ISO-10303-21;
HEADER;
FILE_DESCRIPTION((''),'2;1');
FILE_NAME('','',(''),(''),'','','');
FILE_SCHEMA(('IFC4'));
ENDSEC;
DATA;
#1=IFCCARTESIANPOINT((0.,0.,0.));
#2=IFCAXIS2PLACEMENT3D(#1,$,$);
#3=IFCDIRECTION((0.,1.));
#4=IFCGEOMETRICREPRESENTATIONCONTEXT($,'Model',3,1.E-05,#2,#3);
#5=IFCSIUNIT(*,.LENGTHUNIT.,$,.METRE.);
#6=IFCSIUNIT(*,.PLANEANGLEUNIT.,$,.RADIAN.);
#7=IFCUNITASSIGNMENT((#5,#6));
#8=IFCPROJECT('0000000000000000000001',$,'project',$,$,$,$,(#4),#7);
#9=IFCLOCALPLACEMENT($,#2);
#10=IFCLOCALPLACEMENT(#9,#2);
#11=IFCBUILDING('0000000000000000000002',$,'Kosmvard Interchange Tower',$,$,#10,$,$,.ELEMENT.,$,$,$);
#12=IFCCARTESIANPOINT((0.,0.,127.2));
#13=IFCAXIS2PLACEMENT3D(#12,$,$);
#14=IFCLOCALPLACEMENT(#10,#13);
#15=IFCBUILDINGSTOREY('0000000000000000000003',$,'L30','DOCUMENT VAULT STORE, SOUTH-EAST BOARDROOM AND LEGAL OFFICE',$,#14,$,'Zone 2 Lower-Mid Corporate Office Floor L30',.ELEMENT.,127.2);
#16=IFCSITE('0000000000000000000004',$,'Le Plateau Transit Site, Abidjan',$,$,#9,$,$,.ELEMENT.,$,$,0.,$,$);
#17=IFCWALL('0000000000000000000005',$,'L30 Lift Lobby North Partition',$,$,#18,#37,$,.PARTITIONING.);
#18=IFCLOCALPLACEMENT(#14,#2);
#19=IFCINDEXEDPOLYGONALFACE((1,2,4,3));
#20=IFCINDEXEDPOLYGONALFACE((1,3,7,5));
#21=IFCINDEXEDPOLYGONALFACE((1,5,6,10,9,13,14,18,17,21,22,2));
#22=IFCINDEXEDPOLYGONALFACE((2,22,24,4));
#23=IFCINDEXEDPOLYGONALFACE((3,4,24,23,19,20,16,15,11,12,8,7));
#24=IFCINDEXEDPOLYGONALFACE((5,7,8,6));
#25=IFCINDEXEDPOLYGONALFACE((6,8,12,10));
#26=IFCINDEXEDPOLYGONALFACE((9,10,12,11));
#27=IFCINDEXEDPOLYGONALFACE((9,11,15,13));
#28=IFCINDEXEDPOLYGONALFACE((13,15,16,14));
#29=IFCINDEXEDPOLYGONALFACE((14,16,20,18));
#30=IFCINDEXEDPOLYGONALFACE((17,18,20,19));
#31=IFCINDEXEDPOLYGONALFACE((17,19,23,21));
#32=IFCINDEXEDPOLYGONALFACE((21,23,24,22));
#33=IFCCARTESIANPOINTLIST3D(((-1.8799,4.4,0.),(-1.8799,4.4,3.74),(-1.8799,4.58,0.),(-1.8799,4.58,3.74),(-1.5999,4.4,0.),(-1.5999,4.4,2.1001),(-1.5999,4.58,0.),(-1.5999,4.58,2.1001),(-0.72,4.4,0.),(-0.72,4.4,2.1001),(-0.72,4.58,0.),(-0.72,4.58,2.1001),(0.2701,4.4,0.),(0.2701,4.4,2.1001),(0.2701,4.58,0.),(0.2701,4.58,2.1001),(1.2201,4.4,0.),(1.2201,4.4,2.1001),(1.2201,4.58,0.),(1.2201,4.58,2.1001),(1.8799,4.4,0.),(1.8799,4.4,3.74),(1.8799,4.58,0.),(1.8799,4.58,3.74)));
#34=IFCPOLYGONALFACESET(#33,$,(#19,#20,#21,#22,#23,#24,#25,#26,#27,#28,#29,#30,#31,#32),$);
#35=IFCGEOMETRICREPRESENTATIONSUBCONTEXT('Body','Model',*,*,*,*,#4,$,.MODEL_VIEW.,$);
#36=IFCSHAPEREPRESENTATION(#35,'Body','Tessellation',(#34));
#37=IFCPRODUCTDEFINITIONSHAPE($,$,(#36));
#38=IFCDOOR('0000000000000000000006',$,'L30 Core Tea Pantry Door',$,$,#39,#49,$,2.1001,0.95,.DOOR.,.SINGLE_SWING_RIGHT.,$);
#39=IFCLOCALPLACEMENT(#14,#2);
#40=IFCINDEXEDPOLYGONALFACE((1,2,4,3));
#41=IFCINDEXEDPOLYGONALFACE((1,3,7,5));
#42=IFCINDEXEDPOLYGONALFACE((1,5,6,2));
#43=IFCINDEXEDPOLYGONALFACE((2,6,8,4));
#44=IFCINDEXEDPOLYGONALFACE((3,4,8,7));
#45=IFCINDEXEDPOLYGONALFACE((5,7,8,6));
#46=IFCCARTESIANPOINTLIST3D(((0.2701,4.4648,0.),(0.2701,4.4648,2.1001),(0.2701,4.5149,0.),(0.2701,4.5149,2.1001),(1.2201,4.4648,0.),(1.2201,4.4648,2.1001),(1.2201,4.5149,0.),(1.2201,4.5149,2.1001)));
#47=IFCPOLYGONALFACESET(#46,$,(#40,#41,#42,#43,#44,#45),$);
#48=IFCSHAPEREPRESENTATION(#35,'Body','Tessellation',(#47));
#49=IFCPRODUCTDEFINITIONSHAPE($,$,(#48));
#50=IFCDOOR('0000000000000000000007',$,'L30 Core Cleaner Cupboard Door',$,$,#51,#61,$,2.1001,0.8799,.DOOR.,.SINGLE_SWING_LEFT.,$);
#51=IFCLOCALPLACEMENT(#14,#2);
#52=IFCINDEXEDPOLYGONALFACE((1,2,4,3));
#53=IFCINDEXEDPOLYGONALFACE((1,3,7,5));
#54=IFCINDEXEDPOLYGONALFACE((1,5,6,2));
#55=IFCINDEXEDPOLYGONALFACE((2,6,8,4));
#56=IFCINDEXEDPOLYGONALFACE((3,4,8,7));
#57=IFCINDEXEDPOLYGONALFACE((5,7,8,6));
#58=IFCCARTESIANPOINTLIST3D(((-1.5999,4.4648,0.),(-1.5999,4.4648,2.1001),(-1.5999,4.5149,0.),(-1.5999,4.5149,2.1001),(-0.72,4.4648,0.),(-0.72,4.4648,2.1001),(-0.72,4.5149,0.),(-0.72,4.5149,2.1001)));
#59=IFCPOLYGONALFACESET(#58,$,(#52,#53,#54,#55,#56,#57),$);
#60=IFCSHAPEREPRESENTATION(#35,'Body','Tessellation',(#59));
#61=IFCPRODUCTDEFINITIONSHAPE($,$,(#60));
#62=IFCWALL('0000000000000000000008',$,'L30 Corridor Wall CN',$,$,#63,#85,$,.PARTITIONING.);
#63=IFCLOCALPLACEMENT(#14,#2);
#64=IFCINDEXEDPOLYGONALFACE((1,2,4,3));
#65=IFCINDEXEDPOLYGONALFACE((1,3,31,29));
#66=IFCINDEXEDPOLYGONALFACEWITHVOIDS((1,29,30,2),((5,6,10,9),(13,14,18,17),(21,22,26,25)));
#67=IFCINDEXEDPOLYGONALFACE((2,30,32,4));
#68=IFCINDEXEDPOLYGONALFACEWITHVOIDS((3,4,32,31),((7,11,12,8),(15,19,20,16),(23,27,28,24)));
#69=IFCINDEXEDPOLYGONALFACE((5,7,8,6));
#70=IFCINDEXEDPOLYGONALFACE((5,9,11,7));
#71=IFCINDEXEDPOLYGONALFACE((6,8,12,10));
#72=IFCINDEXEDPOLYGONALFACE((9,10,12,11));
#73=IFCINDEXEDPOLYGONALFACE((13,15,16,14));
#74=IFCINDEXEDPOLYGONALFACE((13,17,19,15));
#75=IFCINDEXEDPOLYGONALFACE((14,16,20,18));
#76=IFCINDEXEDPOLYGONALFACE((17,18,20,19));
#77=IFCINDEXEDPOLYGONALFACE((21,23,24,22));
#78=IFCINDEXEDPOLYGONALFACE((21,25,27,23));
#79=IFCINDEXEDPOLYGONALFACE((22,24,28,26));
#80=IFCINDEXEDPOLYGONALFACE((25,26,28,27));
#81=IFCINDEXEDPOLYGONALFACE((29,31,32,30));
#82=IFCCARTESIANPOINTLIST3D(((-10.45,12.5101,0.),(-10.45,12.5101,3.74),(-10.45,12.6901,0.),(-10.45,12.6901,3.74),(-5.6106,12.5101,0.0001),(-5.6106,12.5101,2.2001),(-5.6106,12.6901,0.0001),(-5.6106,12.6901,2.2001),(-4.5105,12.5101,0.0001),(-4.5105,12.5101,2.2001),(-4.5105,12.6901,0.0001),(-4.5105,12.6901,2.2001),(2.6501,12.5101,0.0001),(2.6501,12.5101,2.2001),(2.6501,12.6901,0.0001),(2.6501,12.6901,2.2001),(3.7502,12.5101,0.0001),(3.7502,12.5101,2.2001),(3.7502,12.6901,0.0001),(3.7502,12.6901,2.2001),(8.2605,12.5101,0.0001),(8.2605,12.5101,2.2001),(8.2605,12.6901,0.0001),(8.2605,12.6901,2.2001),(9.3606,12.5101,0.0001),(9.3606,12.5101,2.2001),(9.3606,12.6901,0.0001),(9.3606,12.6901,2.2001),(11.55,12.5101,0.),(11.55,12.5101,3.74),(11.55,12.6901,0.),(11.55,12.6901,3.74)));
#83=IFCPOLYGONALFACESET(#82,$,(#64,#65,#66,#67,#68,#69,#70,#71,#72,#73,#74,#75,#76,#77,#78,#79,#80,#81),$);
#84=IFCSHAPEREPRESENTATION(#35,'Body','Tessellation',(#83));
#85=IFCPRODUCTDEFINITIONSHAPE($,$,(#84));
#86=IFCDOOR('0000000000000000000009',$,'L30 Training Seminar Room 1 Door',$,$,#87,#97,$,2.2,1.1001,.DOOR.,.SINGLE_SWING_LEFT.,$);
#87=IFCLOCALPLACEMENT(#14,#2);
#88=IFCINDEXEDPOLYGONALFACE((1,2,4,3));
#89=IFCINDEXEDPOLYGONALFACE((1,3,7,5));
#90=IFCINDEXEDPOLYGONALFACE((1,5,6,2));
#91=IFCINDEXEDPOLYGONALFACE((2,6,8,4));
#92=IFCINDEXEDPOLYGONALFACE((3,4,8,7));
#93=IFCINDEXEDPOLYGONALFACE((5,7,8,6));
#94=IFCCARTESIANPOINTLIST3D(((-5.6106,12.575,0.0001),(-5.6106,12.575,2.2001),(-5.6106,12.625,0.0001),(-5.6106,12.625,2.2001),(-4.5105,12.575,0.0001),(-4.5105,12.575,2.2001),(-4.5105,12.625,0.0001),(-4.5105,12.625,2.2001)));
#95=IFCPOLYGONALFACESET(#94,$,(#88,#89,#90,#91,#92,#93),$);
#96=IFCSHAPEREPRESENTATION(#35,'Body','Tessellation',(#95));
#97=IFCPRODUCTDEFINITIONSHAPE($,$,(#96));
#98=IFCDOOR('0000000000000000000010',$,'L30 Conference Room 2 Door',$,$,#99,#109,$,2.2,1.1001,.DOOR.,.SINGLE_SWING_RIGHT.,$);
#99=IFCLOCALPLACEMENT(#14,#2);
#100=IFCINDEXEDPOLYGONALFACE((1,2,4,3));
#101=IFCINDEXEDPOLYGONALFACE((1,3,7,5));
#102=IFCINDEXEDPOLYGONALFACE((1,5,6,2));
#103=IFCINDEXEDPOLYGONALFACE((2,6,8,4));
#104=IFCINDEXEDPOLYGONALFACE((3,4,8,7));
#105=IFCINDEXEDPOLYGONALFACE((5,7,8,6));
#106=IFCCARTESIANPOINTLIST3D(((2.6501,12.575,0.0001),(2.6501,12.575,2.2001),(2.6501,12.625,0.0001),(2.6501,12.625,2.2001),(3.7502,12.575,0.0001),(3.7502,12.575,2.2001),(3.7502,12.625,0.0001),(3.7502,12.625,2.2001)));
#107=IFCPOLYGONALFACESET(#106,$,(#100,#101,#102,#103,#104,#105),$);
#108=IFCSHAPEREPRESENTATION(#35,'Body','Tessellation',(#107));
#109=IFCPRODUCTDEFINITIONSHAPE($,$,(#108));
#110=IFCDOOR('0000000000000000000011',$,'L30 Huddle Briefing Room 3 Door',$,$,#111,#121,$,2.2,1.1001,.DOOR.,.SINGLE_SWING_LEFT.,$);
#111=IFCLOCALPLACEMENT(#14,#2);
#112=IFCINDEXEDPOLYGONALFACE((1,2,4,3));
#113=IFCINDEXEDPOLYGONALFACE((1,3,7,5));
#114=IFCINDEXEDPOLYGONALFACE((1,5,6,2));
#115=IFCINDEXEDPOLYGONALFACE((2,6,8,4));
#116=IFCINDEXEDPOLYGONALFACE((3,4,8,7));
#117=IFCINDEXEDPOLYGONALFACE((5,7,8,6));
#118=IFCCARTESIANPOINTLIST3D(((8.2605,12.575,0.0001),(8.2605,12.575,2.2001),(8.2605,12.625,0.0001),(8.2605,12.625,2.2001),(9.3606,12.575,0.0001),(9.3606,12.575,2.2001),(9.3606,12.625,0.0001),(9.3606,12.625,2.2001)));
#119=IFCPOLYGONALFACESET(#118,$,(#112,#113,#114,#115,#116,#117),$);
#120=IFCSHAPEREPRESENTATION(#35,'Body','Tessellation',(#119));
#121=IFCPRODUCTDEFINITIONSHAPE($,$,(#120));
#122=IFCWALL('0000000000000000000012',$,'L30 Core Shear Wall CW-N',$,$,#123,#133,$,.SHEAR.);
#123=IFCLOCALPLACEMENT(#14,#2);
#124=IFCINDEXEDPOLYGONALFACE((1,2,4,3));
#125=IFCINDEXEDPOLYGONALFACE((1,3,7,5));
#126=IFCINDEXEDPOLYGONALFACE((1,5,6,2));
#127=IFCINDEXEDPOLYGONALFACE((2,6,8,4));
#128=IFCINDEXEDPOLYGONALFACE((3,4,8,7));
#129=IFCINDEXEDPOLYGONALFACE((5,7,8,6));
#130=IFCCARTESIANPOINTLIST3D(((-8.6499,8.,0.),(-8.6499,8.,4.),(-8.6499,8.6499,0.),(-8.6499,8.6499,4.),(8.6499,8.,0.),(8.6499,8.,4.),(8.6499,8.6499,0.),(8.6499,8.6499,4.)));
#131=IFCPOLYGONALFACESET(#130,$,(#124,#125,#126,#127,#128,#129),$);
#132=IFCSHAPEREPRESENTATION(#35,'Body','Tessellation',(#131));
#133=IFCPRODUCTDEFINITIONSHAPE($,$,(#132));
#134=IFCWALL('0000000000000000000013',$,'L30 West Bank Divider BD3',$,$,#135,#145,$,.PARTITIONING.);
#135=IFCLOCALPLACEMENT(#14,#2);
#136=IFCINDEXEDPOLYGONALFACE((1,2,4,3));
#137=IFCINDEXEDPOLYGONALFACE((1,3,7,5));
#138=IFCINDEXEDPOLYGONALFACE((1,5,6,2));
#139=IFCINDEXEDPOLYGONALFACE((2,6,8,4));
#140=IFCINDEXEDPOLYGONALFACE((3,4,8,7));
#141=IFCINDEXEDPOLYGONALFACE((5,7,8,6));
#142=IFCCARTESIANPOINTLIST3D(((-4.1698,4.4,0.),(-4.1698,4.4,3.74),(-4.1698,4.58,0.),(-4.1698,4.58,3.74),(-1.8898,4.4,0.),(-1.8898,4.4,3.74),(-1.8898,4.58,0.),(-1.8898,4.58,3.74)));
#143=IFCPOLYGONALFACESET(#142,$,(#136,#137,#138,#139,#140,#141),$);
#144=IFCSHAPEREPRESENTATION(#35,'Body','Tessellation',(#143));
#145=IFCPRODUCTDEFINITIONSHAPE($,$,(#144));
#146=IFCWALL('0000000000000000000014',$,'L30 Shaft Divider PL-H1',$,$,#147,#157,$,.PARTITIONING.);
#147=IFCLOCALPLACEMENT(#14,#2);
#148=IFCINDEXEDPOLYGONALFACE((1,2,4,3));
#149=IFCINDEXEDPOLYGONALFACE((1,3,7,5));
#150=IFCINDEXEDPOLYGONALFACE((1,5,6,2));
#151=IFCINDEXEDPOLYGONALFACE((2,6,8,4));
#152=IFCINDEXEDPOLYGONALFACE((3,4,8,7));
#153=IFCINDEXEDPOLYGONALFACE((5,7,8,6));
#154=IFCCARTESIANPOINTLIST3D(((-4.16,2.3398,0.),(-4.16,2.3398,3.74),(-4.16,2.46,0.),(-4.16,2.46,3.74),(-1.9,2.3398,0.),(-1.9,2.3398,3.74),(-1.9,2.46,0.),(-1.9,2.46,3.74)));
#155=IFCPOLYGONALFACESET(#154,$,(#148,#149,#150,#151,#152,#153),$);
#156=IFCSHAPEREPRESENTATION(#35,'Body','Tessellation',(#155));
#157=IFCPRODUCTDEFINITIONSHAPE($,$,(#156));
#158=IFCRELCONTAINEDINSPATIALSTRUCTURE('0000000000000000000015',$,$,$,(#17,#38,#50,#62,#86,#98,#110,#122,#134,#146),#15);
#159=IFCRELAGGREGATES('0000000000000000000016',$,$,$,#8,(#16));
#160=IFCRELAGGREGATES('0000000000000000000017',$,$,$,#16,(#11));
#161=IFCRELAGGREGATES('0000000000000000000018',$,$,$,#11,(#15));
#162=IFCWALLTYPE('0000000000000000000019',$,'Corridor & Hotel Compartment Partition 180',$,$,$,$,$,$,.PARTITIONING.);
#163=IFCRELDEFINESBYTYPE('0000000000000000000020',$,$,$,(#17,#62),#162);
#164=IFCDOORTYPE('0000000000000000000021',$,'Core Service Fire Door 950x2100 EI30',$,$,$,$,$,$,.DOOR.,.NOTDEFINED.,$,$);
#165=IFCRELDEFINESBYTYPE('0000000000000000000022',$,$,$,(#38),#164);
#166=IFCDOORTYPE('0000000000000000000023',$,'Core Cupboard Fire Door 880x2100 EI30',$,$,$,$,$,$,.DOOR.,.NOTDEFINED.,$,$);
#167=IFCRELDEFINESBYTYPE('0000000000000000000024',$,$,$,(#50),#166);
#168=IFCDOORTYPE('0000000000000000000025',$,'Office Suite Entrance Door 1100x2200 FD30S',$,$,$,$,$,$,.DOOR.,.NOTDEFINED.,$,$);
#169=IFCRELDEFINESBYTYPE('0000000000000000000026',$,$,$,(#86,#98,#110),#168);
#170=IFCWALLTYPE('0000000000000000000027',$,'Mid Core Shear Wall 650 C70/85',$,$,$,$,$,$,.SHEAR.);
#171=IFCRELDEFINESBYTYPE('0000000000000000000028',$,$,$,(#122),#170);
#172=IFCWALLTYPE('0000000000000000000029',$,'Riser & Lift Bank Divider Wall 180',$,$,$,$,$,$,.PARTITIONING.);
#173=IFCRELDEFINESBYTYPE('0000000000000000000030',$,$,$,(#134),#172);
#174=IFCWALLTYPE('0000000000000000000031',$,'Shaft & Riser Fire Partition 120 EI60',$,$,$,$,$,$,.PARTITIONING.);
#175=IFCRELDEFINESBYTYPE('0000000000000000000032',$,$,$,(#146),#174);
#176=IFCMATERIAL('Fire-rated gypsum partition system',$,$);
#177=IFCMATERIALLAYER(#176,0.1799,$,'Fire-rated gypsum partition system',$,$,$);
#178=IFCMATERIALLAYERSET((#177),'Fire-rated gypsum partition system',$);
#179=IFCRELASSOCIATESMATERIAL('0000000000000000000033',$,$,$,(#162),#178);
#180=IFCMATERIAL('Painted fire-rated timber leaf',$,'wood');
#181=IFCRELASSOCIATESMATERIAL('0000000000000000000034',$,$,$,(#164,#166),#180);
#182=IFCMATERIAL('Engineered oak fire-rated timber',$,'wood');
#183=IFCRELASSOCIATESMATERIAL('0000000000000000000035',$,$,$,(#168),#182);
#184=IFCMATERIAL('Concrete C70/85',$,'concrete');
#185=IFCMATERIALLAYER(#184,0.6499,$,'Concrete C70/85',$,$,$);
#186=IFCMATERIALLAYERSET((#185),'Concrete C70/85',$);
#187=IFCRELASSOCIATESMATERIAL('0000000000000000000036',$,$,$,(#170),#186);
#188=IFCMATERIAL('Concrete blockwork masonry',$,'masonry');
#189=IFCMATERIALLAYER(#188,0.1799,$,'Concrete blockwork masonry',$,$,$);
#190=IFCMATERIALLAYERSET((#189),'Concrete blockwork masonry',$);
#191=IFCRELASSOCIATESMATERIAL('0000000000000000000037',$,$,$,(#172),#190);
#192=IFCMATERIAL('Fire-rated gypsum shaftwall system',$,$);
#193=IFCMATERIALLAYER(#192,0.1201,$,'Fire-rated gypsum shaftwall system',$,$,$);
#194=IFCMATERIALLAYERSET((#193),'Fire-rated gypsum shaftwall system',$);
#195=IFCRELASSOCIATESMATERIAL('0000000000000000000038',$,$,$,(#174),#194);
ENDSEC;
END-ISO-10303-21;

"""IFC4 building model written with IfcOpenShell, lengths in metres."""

from ifc_helpers import new_model, si_unit, direction, frame, frame_2d, origin, place, context, subcontext, project, spatial, rectangle, extrude, source, transform, mapped, material, layer, layer_set, type_object, element, fill, save


model = new_model("IFC4")

# Units and contexts
model_context = context("Model", 3, precision=1e-05, world=origin(), true_north=direction((0.0, 1.0)))
body_context = subcontext(model_context, "Body", "Model", "MODEL_VIEW")
ifc_project = project(units=[si_unit("LENGTHUNIT", "METRE"), si_unit("PLANEANGLEUNIT", "RADIAN")], contexts=[model_context])

# Site, building, storey
site_placement = place(None, origin())
site = spatial("IfcSite", under=ifc_project, at=site_placement, Name="Le Plateau Transit Site, Abidjan", CompositionType="ELEMENT", RefElevation=0.0)
building_placement = place(site_placement, origin())
building = spatial("IfcBuilding", under=site, at=building_placement, Name="Kosmvard Interchange Tower", CompositionType="ELEMENT")
storey_placement = place(building_placement, frame((0.0, 0.0, 127.2)))
storey = spatial("IfcBuildingStorey", under=building, at=storey_placement, Name="L30", Description="DOCUMENT VAULT STORE, SOUTH-EAST BOARDROOM AND LEGAL OFFICE", LongName="Zone 2 Lower-Mid Corporate Office Floor L30", CompositionType="ELEMENT", Elevation=127.2)

# Shared definitions
ifc_material_1 = material(Name="Fire-rated gypsum partition system")
ifc_material_2 = material(Name="Concrete blockwork masonry", Category="masonry")

# Walls, openings, doors
ifc_layer_1 = layer(ifc_material_1, 0.1799, Name="Fire-rated gypsum partition system")
ifc_layer_set_1 = layer_set([ifc_layer_1], Name="Fire-rated gypsum partition system")
wall_type_1 = type_object("IfcWallType", Name="Corridor & Hotel Compartment Partition 180", PredefinedType="PARTITIONING", material=ifc_layer_set_1)
wall_1_placement = place(storey_placement, frame((-1.8799, 4.49, 0.0), z_axis=(0.0, 0.0, 1.0), x_axis=(1.0, 0.0, 0.0)))
wall_1 = element("IfcWall", 1, at=wall_1_placement, inside=storey, type_object=wall_type_1, Name="L30 Lift Lobby North Partition", PredefinedType="PARTITIONING", context=body_context, shape_type="SweptSolid", body=[
    extrude(rectangle(XDim=3.7598, YDim=0.1799, at=frame_2d((1.8799, 0.0))), origin(), (0.0, 0.0, 1.0), 3.74),
])
opening_1_placement = place(wall_1_placement, frame((0.28, 0.0, 0.0)))
opening_1 = element("IfcOpeningElement", 2, at=opening_1_placement, cuts=wall_1, PredefinedType="OPENING", context=body_context, shape_type="SweptSolid", body=[
    extrude(rectangle(XDim=0.8799, YDim=2.1001, at=frame_2d((0.4399, 1.05))), frame((0.0, 0.1001, 0.0), z_axis=(0.0, -1.0, 0.0), x_axis=(1.0, 0.0, 0.0)), (0.0, 0.0, 1.0), 0.2),
])
opening_2_placement = place(wall_1_placement, frame((2.1499, 0.0, 0.0)))
opening_2 = element("IfcOpeningElement", 3, at=opening_2_placement, cuts=wall_1, PredefinedType="OPENING", context=body_context, shape_type="SweptSolid", body=[
    extrude(rectangle(XDim=0.95, YDim=2.1001, at=frame_2d((0.4751, 1.05))), frame((0.0, 0.1001, 0.0), z_axis=(0.0, -1.0, 0.0), x_axis=(1.0, 0.0, 0.0)), (0.0, 0.0, 1.0), 0.2),
])
ifc_material_3 = material(Name="Painted fire-rated timber leaf", Category="wood")
door_type_1 = type_object("IfcDoorType", Name="Core Service Fire Door 950x2100 EI30", OperationType="NOTDEFINED", PredefinedType="DOOR", material=ifc_material_3)
shared_shape_1 = source(origin(), body_context, "Body", "SweptSolid", [
    extrude(rectangle(XDim=0.95, YDim=2.1001, at=frame_2d((0.4751, 1.05))), frame((0.0, 0.0249, 0.0), z_axis=(0.0, -1.0, 0.0), x_axis=(1.0, 0.0, 0.0)), (0.0, 0.0, 1.0), 0.05),
])
door_1_placement = place(opening_2_placement, origin())
door_1 = element("IfcDoor", 4, at=door_1_placement, inside=storey, type_object=door_type_1, Name="L30 Core Tea Pantry Door", OperationType="SINGLE_SWING_RIGHT", OverallHeight=2.1001, OverallWidth=0.95, PredefinedType="DOOR", context=body_context, shape_type="MappedRepresentation", body=[
    mapped(shared_shape_1, transform((0.0, 0.0, 0.0), scale=1.0)),
])
fill(opening_2, door_1)
door_type_2 = type_object("IfcDoorType", Name="Core Cupboard Fire Door 880x2100 EI30", OperationType="NOTDEFINED", PredefinedType="DOOR", material=ifc_material_3)
shared_shape_2 = source(origin(), body_context, "Body", "SweptSolid", [
    extrude(rectangle(XDim=0.8799, YDim=2.1001, at=frame_2d((0.4399, 1.05))), frame((0.0, 0.0249, 0.0), z_axis=(0.0, -1.0, 0.0), x_axis=(1.0, 0.0, 0.0)), (0.0, 0.0, 1.0), 0.05),
])
door_2_placement = place(opening_1_placement, origin())
door_2 = element("IfcDoor", 5, at=door_2_placement, inside=storey, type_object=door_type_2, Name="L30 Core Cleaner Cupboard Door", OperationType="SINGLE_SWING_LEFT", OverallHeight=2.1001, OverallWidth=0.8799, PredefinedType="DOOR", context=body_context, shape_type="MappedRepresentation", body=[
    mapped(shared_shape_2, transform((0.0, 0.0, 0.0), scale=1.0)),
])
fill(opening_1, door_2)
wall_2_placement = place(storey_placement, frame((-10.45, 12.6001, 0.0), z_axis=(0.0, 0.0, 1.0), x_axis=(1.0, 0.0, 0.0)))
wall_2 = element("IfcWall", 6, at=wall_2_placement, inside=storey, type_object=wall_type_1, Name="L30 Corridor Wall CN", PredefinedType="PARTITIONING", context=body_context, shape_type="SweptSolid", body=[
    extrude(rectangle(XDim=22.0, YDim=0.1799, at=frame_2d((11.0, 0.0))), origin(), (0.0, 0.0, 1.0), 3.74),
])
opening_3_placement = place(wall_2_placement, frame((4.8394, 0.0, 0.0)))
opening_3 = element("IfcOpeningElement", 7, at=opening_3_placement, cuts=wall_2, PredefinedType="OPENING", context=body_context, shape_type="SweptSolid", body=[
    extrude(rectangle(XDim=1.1001, YDim=2.2, at=frame_2d((0.55, 1.1001))), frame((0.0, 0.1001, 0.0), z_axis=(0.0, -1.0, 0.0), x_axis=(1.0, 0.0, 0.0)), (0.0, 0.0, 1.0), 0.2),
])
opening_4_placement = place(wall_2_placement, frame((13.1001, 0.0, 0.0)))
opening_4 = element("IfcOpeningElement", 8, at=opening_4_placement, cuts=wall_2, PredefinedType="OPENING", context=body_context, shape_type="SweptSolid", body=[
    extrude(rectangle(XDim=1.1001, YDim=2.2, at=frame_2d((0.55, 1.1001))), frame((0.0, 0.1001, 0.0), z_axis=(0.0, -1.0, 0.0), x_axis=(1.0, 0.0, 0.0)), (0.0, 0.0, 1.0), 0.2),
])
opening_5_placement = place(wall_2_placement, frame((18.7104, 0.0, 0.0)))
opening_5 = element("IfcOpeningElement", 9, at=opening_5_placement, cuts=wall_2, PredefinedType="OPENING", context=body_context, shape_type="SweptSolid", body=[
    extrude(rectangle(XDim=1.1001, YDim=2.2, at=frame_2d((0.55, 1.1001))), frame((0.0, 0.1001, 0.0), z_axis=(0.0, -1.0, 0.0), x_axis=(1.0, 0.0, 0.0)), (0.0, 0.0, 1.0), 0.2),
])
ifc_material_4 = material(Name="Engineered oak fire-rated timber", Category="wood")
door_type_3 = type_object("IfcDoorType", Name="Office Suite Entrance Door 1100x2200 FD30S", OperationType="NOTDEFINED", PredefinedType="DOOR", material=ifc_material_4)
shared_shape_3 = source(origin(), body_context, "Body", "SweptSolid", [
    extrude(rectangle(XDim=1.1001, YDim=2.2, at=frame_2d((0.55, 1.1001))), frame((0.0, 0.0249, 0.0), z_axis=(0.0, -1.0, 0.0), x_axis=(1.0, 0.0, 0.0)), (0.0, 0.0, 1.0), 0.05),
])
door_3_placement = place(opening_3_placement, origin())
door_3 = element("IfcDoor", 10, at=door_3_placement, inside=storey, type_object=door_type_3, Name="L30 Training Seminar Room 1 Door", OperationType="SINGLE_SWING_LEFT", OverallHeight=2.2, OverallWidth=1.1001, PredefinedType="DOOR", context=body_context, shape_type="MappedRepresentation", body=[
    mapped(shared_shape_3, transform((0.0, 0.0, 0.0), scale=1.0)),
])
fill(opening_3, door_3)
door_4_placement = place(opening_4_placement, origin())
door_4 = element("IfcDoor", 11, at=door_4_placement, inside=storey, type_object=door_type_3, Name="L30 Conference Room 2 Door", OperationType="SINGLE_SWING_RIGHT", OverallHeight=2.2, OverallWidth=1.1001, PredefinedType="DOOR", context=body_context, shape_type="MappedRepresentation", body=[
    mapped(shared_shape_3, transform((0.0, 0.0, 0.0), scale=1.0)),
])
fill(opening_4, door_4)
door_5_placement = place(opening_5_placement, origin())
door_5 = element("IfcDoor", 12, at=door_5_placement, inside=storey, type_object=door_type_3, Name="L30 Huddle Briefing Room 3 Door", OperationType="SINGLE_SWING_LEFT", OverallHeight=2.2, OverallWidth=1.1001, PredefinedType="DOOR", context=body_context, shape_type="MappedRepresentation", body=[
    mapped(shared_shape_3, transform((0.0, 0.0, 0.0), scale=1.0)),
])
fill(opening_5, door_5)

# Walls
ifc_material_5 = material(Name="Concrete C70/85", Category="concrete")
ifc_layer_2 = layer(ifc_material_5, 0.6499, Name="Concrete C70/85")
ifc_layer_set_2 = layer_set([ifc_layer_2], Name="Concrete C70/85")
wall_type_2 = type_object("IfcWallType", Name="Mid Core Shear Wall 650 C70/85", PredefinedType="SHEAR", material=ifc_layer_set_2)
wall_3_placement = place(storey_placement, frame((-8.6499, 8.325, 0.0), z_axis=(0.0, 0.0, 1.0), x_axis=(1.0, 0.0, 0.0)))
element("IfcWall", 13, at=wall_3_placement, inside=storey, type_object=wall_type_2, Name="L30 Core Shear Wall CW-N", PredefinedType="SHEAR", context=body_context, shape_type="SweptSolid", body=[
    extrude(rectangle(XDim=17.2998, YDim=0.6499, at=frame_2d((8.6499, 0.0))), origin(), (0.0, 0.0, 1.0), 4.0),
])
ifc_layer_3 = layer(ifc_material_2, 0.1799, Name="Concrete blockwork masonry")
ifc_layer_set_3 = layer_set([ifc_layer_3], Name="Concrete blockwork masonry")
wall_type_3 = type_object("IfcWallType", Name="Riser & Lift Bank Divider Wall 180", PredefinedType="PARTITIONING", material=ifc_layer_set_3)
wall_4_placement = place(storey_placement, frame((-4.1699, 4.49, 0.0), z_axis=(0.0, 0.0, 1.0), x_axis=(1.0, 0.0, 0.0)))
element("IfcWall", 14, at=wall_4_placement, inside=storey, type_object=wall_type_3, Name="L30 West Bank Divider BD3", PredefinedType="PARTITIONING", context=body_context, shape_type="SweptSolid", body=[
    extrude(rectangle(XDim=2.28, YDim=0.1799, at=frame_2d((1.1401, 0.0))), origin(), (0.0, 0.0, 1.0), 3.74),
])
ifc_material_6 = material(Name="Fire-rated gypsum shaftwall system")
ifc_layer_4 = layer(ifc_material_6, 0.1201, Name="Fire-rated gypsum shaftwall system")
ifc_layer_set_4 = layer_set([ifc_layer_4], Name="Fire-rated gypsum shaftwall system")
wall_type_4 = type_object("IfcWallType", Name="Shaft & Riser Fire Partition 120 EI60", PredefinedType="PARTITIONING", material=ifc_layer_set_4)
wall_5_placement = place(storey_placement, frame((-4.1599, 2.3999, 0.0), z_axis=(0.0, 0.0, 1.0), x_axis=(1.0, 0.0, 0.0)))
element("IfcWall", 15, at=wall_5_placement, inside=storey, type_object=wall_type_4, Name="L30 Shaft Divider PL-H1", PredefinedType="PARTITIONING", context=body_context, shape_type="SweptSolid", body=[
    extrude(rectangle(XDim=2.26, YDim=0.1201, at=frame_2d((1.1299, 0.0))), origin(), (0.0, 0.0, 1.0), 3.74),
])

save(model, "model.ifc")
